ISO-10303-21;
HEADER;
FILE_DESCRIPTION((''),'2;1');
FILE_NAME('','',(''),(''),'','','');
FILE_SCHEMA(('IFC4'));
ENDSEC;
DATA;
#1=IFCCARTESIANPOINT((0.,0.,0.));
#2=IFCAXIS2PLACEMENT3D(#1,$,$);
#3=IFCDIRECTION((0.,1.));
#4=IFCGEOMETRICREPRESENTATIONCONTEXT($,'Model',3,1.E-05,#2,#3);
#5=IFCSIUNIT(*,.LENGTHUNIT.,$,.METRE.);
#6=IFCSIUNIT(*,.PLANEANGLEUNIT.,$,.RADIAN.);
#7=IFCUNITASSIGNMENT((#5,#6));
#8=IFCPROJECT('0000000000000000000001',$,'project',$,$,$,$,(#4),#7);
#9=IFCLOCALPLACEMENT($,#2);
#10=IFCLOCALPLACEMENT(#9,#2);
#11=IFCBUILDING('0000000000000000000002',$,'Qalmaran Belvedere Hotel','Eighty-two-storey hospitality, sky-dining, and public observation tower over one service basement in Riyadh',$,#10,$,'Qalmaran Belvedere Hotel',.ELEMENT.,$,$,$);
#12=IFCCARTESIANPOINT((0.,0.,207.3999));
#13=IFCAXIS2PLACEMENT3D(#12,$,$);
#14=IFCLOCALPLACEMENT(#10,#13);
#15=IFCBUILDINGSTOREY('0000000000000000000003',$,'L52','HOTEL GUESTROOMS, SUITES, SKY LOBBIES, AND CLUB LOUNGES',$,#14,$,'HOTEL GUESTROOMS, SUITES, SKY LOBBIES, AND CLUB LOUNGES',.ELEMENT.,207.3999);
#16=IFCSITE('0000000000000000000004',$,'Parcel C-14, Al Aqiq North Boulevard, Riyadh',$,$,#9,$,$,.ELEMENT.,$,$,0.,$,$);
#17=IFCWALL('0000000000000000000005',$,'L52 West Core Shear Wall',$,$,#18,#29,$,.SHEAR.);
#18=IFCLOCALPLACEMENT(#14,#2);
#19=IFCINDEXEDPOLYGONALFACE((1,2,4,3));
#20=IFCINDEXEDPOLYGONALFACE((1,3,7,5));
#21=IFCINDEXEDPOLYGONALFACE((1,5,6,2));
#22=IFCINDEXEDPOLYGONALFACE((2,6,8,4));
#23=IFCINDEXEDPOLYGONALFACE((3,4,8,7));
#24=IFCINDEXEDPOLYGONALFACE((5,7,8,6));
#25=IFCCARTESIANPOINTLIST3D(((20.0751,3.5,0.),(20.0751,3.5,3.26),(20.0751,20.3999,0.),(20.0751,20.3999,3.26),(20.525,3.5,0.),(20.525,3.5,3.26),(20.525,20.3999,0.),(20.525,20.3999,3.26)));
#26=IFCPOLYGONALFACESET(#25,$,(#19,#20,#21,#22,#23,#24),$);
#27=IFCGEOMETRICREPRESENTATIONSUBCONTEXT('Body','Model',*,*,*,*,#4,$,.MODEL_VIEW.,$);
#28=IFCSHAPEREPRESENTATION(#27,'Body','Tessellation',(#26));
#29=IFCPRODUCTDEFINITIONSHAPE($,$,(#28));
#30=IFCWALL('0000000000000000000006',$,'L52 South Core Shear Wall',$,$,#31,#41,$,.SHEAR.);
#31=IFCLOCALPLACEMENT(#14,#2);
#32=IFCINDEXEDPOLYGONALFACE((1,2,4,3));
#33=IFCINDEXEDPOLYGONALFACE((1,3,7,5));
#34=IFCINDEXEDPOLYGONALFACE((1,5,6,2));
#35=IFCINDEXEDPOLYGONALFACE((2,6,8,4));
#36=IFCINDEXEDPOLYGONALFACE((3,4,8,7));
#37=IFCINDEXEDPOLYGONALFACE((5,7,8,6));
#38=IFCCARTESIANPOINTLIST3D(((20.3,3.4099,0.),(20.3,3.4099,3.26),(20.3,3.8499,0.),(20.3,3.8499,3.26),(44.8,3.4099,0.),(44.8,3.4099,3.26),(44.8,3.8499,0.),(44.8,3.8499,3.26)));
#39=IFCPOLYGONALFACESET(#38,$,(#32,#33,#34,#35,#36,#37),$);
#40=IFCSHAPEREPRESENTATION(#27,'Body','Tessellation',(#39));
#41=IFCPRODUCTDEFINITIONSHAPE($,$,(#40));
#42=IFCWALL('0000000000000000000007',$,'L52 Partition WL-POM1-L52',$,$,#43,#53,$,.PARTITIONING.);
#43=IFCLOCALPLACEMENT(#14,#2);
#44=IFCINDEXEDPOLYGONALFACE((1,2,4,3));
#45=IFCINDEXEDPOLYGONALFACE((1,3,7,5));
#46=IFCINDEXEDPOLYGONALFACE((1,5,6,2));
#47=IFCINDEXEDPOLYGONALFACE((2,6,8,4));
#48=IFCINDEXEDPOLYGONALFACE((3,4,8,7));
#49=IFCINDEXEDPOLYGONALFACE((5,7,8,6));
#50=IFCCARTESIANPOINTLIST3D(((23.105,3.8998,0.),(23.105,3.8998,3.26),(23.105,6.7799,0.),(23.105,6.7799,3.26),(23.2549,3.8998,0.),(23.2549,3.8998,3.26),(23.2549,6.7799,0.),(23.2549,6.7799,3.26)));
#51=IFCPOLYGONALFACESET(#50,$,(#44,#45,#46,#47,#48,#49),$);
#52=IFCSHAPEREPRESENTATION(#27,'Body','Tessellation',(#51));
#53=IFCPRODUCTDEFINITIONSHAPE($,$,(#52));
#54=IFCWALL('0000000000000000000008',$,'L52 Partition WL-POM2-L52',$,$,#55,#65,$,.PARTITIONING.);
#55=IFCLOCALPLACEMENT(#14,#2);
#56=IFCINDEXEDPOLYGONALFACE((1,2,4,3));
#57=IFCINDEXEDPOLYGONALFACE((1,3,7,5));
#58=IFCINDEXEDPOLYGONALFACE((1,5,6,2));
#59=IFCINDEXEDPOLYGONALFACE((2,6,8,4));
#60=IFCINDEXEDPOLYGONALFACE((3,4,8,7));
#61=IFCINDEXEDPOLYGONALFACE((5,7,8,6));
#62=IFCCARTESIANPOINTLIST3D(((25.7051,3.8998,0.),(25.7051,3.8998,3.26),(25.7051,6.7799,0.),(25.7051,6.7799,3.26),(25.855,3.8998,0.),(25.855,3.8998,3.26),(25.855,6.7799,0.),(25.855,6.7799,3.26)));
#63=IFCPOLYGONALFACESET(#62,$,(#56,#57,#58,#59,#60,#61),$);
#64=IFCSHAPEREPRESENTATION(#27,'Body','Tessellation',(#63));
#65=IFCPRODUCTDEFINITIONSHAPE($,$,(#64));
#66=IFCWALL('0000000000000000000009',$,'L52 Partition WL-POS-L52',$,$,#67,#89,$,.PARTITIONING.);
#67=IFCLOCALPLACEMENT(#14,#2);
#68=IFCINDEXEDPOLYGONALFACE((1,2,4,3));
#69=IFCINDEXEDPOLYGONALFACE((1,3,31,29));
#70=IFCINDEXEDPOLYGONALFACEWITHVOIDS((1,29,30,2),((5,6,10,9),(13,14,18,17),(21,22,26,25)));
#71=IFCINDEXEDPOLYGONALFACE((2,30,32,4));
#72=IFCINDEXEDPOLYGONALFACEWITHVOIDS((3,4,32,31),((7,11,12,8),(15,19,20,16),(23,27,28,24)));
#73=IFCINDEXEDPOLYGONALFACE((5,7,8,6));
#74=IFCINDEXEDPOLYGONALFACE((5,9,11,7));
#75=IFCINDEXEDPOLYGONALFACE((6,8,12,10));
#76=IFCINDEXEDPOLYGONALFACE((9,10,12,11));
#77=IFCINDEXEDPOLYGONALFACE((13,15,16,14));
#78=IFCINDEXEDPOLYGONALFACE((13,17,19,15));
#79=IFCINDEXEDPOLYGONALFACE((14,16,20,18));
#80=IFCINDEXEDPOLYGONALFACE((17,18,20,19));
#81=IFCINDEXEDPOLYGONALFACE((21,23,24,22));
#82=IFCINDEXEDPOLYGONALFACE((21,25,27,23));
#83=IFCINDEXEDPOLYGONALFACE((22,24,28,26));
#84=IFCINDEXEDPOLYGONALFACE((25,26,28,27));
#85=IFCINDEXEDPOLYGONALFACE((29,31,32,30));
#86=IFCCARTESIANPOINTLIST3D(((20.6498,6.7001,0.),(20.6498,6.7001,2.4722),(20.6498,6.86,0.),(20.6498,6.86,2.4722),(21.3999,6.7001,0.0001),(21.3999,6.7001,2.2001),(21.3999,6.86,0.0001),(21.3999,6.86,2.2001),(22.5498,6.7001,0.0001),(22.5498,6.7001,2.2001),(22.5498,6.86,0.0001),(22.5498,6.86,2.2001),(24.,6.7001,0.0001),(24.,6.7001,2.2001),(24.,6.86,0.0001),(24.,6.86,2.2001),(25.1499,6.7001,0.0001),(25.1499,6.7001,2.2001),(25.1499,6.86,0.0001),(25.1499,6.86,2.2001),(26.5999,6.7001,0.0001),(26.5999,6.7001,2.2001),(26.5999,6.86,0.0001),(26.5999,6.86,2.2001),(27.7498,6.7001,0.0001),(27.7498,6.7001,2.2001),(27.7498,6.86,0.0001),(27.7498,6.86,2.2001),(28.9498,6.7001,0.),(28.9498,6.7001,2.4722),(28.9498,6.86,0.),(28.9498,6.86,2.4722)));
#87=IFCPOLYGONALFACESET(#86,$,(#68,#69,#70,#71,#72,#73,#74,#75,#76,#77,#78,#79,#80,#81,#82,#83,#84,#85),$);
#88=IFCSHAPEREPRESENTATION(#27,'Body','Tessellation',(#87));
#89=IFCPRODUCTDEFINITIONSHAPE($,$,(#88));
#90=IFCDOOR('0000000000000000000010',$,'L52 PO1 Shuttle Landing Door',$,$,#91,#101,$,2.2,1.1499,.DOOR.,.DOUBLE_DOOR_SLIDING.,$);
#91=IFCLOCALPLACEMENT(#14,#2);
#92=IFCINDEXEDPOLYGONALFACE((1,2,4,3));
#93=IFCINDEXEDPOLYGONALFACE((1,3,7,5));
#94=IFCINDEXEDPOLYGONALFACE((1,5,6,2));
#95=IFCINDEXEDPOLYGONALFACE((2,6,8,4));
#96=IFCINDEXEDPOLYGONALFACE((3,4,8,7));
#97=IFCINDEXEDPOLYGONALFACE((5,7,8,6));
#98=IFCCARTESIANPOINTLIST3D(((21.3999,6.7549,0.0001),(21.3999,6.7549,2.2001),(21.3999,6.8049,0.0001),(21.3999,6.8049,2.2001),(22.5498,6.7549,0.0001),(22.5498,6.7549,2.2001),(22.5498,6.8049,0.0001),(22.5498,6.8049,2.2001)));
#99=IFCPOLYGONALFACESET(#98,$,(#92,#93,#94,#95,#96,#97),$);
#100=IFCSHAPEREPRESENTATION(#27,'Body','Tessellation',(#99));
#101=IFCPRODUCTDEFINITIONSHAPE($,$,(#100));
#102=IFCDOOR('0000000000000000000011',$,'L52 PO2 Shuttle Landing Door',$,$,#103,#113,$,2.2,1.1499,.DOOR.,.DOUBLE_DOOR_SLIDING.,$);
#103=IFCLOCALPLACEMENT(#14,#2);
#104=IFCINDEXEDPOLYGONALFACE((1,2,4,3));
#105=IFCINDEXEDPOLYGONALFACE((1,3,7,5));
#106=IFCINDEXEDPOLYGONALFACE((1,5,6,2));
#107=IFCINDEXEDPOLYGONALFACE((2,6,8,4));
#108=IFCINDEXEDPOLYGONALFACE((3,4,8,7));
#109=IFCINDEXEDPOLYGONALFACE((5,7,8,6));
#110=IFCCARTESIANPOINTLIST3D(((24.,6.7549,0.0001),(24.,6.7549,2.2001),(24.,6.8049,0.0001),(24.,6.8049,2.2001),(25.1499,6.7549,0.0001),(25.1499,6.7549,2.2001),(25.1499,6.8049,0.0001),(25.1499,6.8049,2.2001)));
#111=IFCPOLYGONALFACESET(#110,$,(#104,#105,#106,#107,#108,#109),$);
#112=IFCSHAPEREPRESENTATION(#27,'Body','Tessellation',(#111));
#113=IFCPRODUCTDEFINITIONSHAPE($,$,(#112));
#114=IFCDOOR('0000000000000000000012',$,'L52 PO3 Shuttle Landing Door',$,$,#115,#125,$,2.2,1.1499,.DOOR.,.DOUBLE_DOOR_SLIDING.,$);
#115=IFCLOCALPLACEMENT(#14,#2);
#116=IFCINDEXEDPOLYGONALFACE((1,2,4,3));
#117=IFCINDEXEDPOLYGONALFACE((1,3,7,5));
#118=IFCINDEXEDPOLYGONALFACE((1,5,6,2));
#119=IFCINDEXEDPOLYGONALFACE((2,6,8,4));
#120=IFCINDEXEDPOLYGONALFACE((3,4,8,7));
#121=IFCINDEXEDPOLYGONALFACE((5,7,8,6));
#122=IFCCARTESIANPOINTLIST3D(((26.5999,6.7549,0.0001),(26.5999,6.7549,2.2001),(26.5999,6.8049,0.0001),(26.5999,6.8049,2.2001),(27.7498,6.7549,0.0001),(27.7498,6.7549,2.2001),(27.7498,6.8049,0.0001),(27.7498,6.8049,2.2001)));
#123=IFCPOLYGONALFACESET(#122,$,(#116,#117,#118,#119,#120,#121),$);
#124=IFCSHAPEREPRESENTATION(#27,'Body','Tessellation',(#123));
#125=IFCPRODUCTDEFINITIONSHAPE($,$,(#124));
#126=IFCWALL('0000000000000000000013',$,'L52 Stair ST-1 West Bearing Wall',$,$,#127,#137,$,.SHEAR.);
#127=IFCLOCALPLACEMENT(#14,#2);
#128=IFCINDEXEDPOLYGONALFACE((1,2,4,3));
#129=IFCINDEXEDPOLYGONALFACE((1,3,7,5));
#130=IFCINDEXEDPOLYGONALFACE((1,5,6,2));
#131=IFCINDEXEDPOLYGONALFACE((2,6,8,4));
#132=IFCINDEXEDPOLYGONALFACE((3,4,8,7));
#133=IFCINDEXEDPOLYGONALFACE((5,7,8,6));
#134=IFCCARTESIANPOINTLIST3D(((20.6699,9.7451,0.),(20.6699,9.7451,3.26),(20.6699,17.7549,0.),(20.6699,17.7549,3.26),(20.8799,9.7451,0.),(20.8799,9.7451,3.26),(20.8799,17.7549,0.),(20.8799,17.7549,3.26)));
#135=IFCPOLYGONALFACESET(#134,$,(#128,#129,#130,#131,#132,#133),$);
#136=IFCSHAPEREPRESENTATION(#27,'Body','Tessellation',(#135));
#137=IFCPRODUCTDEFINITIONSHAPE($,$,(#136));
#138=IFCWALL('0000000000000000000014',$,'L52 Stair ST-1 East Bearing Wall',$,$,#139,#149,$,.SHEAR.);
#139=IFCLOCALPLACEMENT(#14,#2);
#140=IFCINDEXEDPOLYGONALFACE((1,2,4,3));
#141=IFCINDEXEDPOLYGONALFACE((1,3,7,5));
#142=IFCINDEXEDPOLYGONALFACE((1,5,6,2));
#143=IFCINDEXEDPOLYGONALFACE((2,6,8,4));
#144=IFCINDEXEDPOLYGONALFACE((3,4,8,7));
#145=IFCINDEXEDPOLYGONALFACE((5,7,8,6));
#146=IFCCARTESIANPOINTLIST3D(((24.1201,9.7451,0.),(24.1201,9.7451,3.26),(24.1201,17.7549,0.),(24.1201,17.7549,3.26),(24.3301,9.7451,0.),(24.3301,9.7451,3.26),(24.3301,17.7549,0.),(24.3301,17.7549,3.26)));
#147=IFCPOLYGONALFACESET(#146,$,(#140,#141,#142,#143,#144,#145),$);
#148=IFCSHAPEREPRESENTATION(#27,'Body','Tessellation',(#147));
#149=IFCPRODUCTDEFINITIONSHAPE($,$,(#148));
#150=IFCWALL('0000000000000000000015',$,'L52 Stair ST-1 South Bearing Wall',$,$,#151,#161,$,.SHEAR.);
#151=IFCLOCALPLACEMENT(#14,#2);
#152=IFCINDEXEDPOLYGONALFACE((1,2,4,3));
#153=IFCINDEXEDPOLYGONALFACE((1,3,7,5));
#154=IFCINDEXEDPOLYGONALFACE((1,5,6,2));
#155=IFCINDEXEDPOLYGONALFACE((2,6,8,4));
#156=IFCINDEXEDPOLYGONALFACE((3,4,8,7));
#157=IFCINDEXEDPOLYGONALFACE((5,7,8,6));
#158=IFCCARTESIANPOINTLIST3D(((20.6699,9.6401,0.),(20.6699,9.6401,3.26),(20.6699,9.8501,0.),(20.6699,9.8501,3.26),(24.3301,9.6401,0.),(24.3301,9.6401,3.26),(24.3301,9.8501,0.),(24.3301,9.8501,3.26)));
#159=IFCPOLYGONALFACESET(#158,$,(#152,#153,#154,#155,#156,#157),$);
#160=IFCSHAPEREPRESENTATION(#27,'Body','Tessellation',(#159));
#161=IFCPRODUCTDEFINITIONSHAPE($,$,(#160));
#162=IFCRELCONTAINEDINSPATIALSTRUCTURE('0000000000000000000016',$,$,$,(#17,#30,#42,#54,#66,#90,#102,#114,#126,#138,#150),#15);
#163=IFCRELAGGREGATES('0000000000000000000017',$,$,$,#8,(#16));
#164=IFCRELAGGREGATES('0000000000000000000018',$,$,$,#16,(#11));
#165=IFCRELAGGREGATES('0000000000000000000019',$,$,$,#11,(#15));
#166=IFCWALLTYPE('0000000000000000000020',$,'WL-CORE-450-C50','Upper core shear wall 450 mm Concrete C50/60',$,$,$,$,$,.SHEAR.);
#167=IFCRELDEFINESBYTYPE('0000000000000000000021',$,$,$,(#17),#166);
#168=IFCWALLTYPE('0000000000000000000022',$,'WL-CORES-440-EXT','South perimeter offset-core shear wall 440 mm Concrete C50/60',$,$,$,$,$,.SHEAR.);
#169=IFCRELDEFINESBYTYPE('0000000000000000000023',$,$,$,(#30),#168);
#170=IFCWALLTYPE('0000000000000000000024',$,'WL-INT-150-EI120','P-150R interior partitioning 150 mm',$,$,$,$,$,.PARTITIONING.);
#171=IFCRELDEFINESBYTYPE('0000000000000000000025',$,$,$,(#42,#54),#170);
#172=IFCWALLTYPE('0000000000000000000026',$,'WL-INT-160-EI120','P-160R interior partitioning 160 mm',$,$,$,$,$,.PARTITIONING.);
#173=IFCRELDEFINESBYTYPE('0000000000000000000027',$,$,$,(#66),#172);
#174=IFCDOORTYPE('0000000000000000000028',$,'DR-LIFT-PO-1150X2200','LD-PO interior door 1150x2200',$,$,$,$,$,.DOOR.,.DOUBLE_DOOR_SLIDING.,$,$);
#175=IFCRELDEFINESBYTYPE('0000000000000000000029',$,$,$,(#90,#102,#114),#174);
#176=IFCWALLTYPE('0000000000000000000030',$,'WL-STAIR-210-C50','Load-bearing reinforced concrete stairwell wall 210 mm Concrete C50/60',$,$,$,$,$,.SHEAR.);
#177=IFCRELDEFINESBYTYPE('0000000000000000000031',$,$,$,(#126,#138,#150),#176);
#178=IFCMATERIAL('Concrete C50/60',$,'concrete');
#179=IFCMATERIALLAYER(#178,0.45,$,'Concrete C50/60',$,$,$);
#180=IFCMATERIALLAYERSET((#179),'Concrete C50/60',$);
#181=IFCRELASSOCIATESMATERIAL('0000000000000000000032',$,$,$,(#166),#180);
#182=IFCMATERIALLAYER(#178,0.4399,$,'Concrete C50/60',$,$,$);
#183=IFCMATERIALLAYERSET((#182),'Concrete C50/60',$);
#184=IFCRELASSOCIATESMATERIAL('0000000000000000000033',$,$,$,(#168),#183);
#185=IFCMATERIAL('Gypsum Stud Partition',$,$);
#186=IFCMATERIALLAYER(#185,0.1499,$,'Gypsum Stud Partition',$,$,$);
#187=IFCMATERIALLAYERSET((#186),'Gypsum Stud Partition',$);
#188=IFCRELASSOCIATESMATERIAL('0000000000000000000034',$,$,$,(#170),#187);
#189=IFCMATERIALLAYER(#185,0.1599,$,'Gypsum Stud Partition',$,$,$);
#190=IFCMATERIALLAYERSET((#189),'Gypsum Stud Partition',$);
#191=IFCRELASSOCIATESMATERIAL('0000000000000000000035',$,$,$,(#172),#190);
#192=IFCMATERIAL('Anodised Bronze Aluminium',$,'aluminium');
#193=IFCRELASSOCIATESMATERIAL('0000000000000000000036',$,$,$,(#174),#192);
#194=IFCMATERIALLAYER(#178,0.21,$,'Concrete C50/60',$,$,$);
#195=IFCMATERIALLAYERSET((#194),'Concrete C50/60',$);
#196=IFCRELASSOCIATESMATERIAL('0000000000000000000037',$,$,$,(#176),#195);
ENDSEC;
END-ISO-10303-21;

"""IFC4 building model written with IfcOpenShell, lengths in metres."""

from ifc_helpers import new_model, si_unit, direction, frame, frame_2d, origin, place, context, subcontext, project, spatial, rectangle, extrude, material, layer, layer_set, type_object, element, fill, save


model = new_model("IFC4")

# Units and contexts
model_context = context("Model", 3, precision=1e-05, world=origin(), true_north=direction((0.0, 1.0)))
body_context = subcontext(model_context, "Body", "Model", "MODEL_VIEW")
ifc_project = project(units=[si_unit("LENGTHUNIT", "METRE"), si_unit("PLANEANGLEUNIT", "RADIAN")], contexts=[model_context])

# Site, building, storey
site_placement = place(None, origin())
site = spatial("IfcSite", under=ifc_project, at=site_placement, Name="Parcel C-14, Al Aqiq North Boulevard, Riyadh", CompositionType="ELEMENT", RefElevation=0.0)
building_placement = place(site_placement, origin())
building = spatial("IfcBuilding", under=site, at=building_placement, Name="Qalmaran Belvedere Hotel", Description="Eighty-two-storey hospitality, sky-dining, and public observation tower over one service basement in Riyadh", LongName="Qalmaran Belvedere Hotel", CompositionType="ELEMENT")
storey_placement = place(building_placement, frame((0.0, 0.0, 207.3999)))
storey = spatial("IfcBuildingStorey", under=building, at=storey_placement, Name="L52", Description="HOTEL GUESTROOMS, SUITES, SKY LOBBIES, AND CLUB LOUNGES", LongName="HOTEL GUESTROOMS, SUITES, SKY LOBBIES, AND CLUB LOUNGES", CompositionType="ELEMENT", Elevation=207.3999)

# Shared definitions
ifc_material_1 = material(Name="Concrete C50/60", Category="concrete")

# Shared definitions
ifc_material_2 = material(Name="Anodised Bronze Aluminium", Category="aluminium")

# Walls
ifc_layer_1 = layer(ifc_material_1, 0.45, Name="Concrete C50/60")
ifc_layer_set_1 = layer_set([ifc_layer_1], Name="Concrete C50/60")
wall_type_1 = type_object("IfcWallType", Name="WL-CORE-450-C50", Description="Upper core shear wall 450 mm Concrete C50/60", PredefinedType="SHEAR", material=ifc_layer_set_1)
wall_1_placement = place(storey_placement, frame((20.3, 3.5, 0.0), z_axis=(0.0, 0.0, 1.0), x_axis=(0.0, 1.0, 0.0)))
element("IfcWall", 1, at=wall_1_placement, inside=storey, type_object=wall_type_1, Name="L52 West Core Shear Wall", PredefinedType="SHEAR", context=body_context, shape_type="SweptSolid", body=[
    extrude(rectangle(XDim=16.8999, YDim=0.45, at=frame_2d((8.45, 0.0))), origin(), (0.0, 0.0, 1.0), 3.26),
])
ifc_layer_2 = layer(ifc_material_1, 0.4399, Name="Concrete C50/60")
ifc_layer_set_2 = layer_set([ifc_layer_2], Name="Concrete C50/60")
wall_type_2 = type_object("IfcWallType", Name="WL-CORES-440-EXT", Description="South perimeter offset-core shear wall 440 mm Concrete C50/60", PredefinedType="SHEAR", material=ifc_layer_set_2)
wall_2_placement = place(storey_placement, frame((20.3, 3.6299, 0.0), z_axis=(0.0, 0.0, 1.0), x_axis=(1.0, 0.0, 0.0)))
element("IfcWall", 2, at=wall_2_placement, inside=storey, type_object=wall_type_2, Name="L52 South Core Shear Wall", PredefinedType="SHEAR", context=body_context, shape_type="SweptSolid", body=[
    extrude(rectangle(XDim=24.5, YDim=0.4399, at=frame_2d((12.25, 0.0))), origin(), (0.0, 0.0, 1.0), 3.26),
])
ifc_material_3 = material(Name="Gypsum Stud Partition")
ifc_layer_3 = layer(ifc_material_3, 0.1499, Name="Gypsum Stud Partition")
ifc_layer_set_3 = layer_set([ifc_layer_3], Name="Gypsum Stud Partition")
wall_type_3 = type_object("IfcWallType", Name="WL-INT-150-EI120", Description="P-150R interior partitioning 150 mm", PredefinedType="PARTITIONING", material=ifc_layer_set_3)
for number, where, z_axis, x_axis, name in (
    (3, (23.1799, 3.8999, 0.0), (0.0, 0.0, 1.0), (0.0, 1.0, 0.0), "L52 Partition WL-POM1-L52"),
    (4, (25.78, 3.8999, 0.0), (0.0, 0.0, 1.0), (0.0, 1.0, 0.0), "L52 Partition WL-POM2-L52"),
):
    element("IfcWall", number, at=place(storey_placement, frame(where, z_axis=z_axis, x_axis=x_axis)), inside=storey, type_object=wall_type_3, Name=name, PredefinedType="PARTITIONING", context=body_context, shape_type="SweptSolid", body=[
        extrude(rectangle(XDim=2.8801, YDim=0.1499, at=frame_2d((1.4399, 0.0))), origin(), (0.0, 0.0, 1.0), 3.26),
    ])

# Wall, openings, doors
ifc_layer_4 = layer(ifc_material_3, 0.1599, Name="Gypsum Stud Partition")
ifc_layer_set_4 = layer_set([ifc_layer_4], Name="Gypsum Stud Partition")
wall_type_4 = type_object("IfcWallType", Name="WL-INT-160-EI120", Description="P-160R interior partitioning 160 mm", PredefinedType="PARTITIONING", material=ifc_layer_set_4)
wall_3_placement = place(storey_placement, frame((20.6499, 6.78, 0.0), z_axis=(0.0, 0.0, 1.0), x_axis=(1.0, 0.0, 0.0)))
wall_3 = element("IfcWall", 5, at=wall_3_placement, inside=storey, type_object=wall_type_4, Name="L52 Partition WL-POS-L52", PredefinedType="PARTITIONING", context=body_context, shape_type="SweptSolid", body=[
    extrude(rectangle(XDim=8.3, YDim=0.1599, at=frame_2d((4.1499, 0.0))), origin(), (0.0, 0.0, 1.0), 2.4722),
])
opening_1_placement = place(wall_3_placement, frame((0.75, 0.0, 0.0)))
opening_1 = element("IfcOpeningElement", 6, at=opening_1_placement, cuts=wall_3, PredefinedType="OPENING", context=body_context, shape_type="SweptSolid", body=[
    extrude(rectangle(XDim=1.1499, YDim=2.2, at=frame_2d((0.575, 1.1001))), frame((0.0, 0.0898, 0.0), z_axis=(0.0, -1.0, 0.0), x_axis=(1.0, 0.0, 0.0)), (0.0, 0.0, 1.0), 0.1799),
])
opening_2_placement = place(wall_3_placement, frame((3.3501, 0.0, 0.0)))
opening_2 = element("IfcOpeningElement", 7, at=opening_2_placement, cuts=wall_3, PredefinedType="OPENING", context=body_context, shape_type="SweptSolid", body=[
    extrude(rectangle(XDim=1.1499, YDim=2.2, at=frame_2d((0.575, 1.1001))), frame((0.0, 0.0898, 0.0), z_axis=(0.0, -1.0, 0.0), x_axis=(1.0, 0.0, 0.0)), (0.0, 0.0, 1.0), 0.1799),
])
opening_3_placement = place(wall_3_placement, frame((5.95, 0.0, 0.0)))
opening_3 = element("IfcOpeningElement", 8, at=opening_3_placement, cuts=wall_3, PredefinedType="OPENING", context=body_context, shape_type="SweptSolid", body=[
    extrude(rectangle(XDim=1.1499, YDim=2.2, at=frame_2d((0.575, 1.1001))), frame((0.0, 0.0898, 0.0), z_axis=(0.0, -1.0, 0.0), x_axis=(1.0, 0.0, 0.0)), (0.0, 0.0, 1.0), 0.1799),
])
door_type_1 = type_object("IfcDoorType", Name="DR-LIFT-PO-1150X2200", Description="LD-PO interior door 1150x2200", OperationType="DOUBLE_DOOR_SLIDING", PredefinedType="DOOR", material=ifc_material_2)
door_1_placement = place(opening_1_placement, origin())
door_1 = element("IfcDoor", 9, at=door_1_placement, inside=storey, type_object=door_type_1, Name="L52 PO1 Shuttle Landing Door", OperationType="DOUBLE_DOOR_SLIDING", OverallHeight=2.2, OverallWidth=1.1499, PredefinedType="DOOR", context=body_context, shape_type="SweptSolid", body=[
    extrude(rectangle(XDim=1.1499, YDim=2.2, at=frame_2d((0.575, 1.1001))), frame((0.0, 0.0249, 0.0), z_axis=(0.0, -1.0, 0.0), x_axis=(1.0, 0.0, 0.0)), (0.0, 0.0, 1.0), 0.05),
])
fill(opening_1, door_1)
door_2_placement = place(opening_2_placement, origin())
door_2 = element("IfcDoor", 10, at=door_2_placement, inside=storey, type_object=door_type_1, Name="L52 PO2 Shuttle Landing Door", OperationType="DOUBLE_DOOR_SLIDING", OverallHeight=2.2, OverallWidth=1.1499, PredefinedType="DOOR", context=body_context, shape_type="SweptSolid", body=[
    extrude(rectangle(XDim=1.1499, YDim=2.2, at=frame_2d((0.575, 1.1001))), frame((0.0, 0.0249, 0.0), z_axis=(0.0, -1.0, 0.0), x_axis=(1.0, 0.0, 0.0)), (0.0, 0.0, 1.0), 0.05),
])
fill(opening_2, door_2)
door_3_placement = place(opening_3_placement, origin())
door_3 = element("IfcDoor", 11, at=door_3_placement, inside=storey, type_object=door_type_1, Name="L52 PO3 Shuttle Landing Door", OperationType="DOUBLE_DOOR_SLIDING", OverallHeight=2.2, OverallWidth=1.1499, PredefinedType="DOOR", context=body_context, shape_type="SweptSolid", body=[
    extrude(rectangle(XDim=1.1499, YDim=2.2, at=frame_2d((0.575, 1.1001))), frame((0.0, 0.0249, 0.0), z_axis=(0.0, -1.0, 0.0), x_axis=(1.0, 0.0, 0.0)), (0.0, 0.0, 1.0), 0.05),
])
fill(opening_3, door_3)

# Walls
ifc_layer_5 = layer(ifc_material_1, 0.21, Name="Concrete C50/60")
ifc_layer_set_5 = layer_set([ifc_layer_5], Name="Concrete C50/60")
wall_type_5 = type_object("IfcWallType", Name="WL-STAIR-210-C50", Description="Load-bearing reinforced concrete stairwell wall 210 mm Concrete C50/60", PredefinedType="SHEAR", material=ifc_layer_set_5)
for number, where, z_axis, x_axis, name in (
    (12, (20.7749, 9.7451, 0.0), (0.0, 0.0, 1.0), (0.0, 1.0, 0.0), "L52 Stair ST-1 West Bearing Wall"),
    (13, (24.2251, 9.7451, 0.0), (0.0, 0.0, 1.0), (0.0, 1.0, 0.0), "L52 Stair ST-1 East Bearing Wall"),
):
    element("IfcWall", number, at=place(storey_placement, frame(where, z_axis=z_axis, x_axis=x_axis)), inside=storey, type_object=wall_type_5, Name=name, PredefinedType="SHEAR", context=body_context, shape_type="SweptSolid", body=[
        extrude(rectangle(XDim=8.0098, YDim=0.21, at=frame_2d((4.0049, 0.0))), origin(), (0.0, 0.0, 1.0), 3.26),
    ])
wall_4_placement = place(storey_placement, frame((20.6699, 9.7451, 0.0), z_axis=(0.0, 0.0, 1.0), x_axis=(1.0, 0.0, 0.0)))
element("IfcWall", 14, at=wall_4_placement, inside=storey, type_object=wall_type_5, Name="L52 Stair ST-1 South Bearing Wall", PredefinedType="SHEAR", context=body_context, shape_type="SweptSolid", body=[
    extrude(rectangle(XDim=3.6602, YDim=0.21, at=frame_2d((1.8301, 0.0))), origin(), (0.0, 0.0, 1.0), 3.26),
])

save(model, "model.ifc")
